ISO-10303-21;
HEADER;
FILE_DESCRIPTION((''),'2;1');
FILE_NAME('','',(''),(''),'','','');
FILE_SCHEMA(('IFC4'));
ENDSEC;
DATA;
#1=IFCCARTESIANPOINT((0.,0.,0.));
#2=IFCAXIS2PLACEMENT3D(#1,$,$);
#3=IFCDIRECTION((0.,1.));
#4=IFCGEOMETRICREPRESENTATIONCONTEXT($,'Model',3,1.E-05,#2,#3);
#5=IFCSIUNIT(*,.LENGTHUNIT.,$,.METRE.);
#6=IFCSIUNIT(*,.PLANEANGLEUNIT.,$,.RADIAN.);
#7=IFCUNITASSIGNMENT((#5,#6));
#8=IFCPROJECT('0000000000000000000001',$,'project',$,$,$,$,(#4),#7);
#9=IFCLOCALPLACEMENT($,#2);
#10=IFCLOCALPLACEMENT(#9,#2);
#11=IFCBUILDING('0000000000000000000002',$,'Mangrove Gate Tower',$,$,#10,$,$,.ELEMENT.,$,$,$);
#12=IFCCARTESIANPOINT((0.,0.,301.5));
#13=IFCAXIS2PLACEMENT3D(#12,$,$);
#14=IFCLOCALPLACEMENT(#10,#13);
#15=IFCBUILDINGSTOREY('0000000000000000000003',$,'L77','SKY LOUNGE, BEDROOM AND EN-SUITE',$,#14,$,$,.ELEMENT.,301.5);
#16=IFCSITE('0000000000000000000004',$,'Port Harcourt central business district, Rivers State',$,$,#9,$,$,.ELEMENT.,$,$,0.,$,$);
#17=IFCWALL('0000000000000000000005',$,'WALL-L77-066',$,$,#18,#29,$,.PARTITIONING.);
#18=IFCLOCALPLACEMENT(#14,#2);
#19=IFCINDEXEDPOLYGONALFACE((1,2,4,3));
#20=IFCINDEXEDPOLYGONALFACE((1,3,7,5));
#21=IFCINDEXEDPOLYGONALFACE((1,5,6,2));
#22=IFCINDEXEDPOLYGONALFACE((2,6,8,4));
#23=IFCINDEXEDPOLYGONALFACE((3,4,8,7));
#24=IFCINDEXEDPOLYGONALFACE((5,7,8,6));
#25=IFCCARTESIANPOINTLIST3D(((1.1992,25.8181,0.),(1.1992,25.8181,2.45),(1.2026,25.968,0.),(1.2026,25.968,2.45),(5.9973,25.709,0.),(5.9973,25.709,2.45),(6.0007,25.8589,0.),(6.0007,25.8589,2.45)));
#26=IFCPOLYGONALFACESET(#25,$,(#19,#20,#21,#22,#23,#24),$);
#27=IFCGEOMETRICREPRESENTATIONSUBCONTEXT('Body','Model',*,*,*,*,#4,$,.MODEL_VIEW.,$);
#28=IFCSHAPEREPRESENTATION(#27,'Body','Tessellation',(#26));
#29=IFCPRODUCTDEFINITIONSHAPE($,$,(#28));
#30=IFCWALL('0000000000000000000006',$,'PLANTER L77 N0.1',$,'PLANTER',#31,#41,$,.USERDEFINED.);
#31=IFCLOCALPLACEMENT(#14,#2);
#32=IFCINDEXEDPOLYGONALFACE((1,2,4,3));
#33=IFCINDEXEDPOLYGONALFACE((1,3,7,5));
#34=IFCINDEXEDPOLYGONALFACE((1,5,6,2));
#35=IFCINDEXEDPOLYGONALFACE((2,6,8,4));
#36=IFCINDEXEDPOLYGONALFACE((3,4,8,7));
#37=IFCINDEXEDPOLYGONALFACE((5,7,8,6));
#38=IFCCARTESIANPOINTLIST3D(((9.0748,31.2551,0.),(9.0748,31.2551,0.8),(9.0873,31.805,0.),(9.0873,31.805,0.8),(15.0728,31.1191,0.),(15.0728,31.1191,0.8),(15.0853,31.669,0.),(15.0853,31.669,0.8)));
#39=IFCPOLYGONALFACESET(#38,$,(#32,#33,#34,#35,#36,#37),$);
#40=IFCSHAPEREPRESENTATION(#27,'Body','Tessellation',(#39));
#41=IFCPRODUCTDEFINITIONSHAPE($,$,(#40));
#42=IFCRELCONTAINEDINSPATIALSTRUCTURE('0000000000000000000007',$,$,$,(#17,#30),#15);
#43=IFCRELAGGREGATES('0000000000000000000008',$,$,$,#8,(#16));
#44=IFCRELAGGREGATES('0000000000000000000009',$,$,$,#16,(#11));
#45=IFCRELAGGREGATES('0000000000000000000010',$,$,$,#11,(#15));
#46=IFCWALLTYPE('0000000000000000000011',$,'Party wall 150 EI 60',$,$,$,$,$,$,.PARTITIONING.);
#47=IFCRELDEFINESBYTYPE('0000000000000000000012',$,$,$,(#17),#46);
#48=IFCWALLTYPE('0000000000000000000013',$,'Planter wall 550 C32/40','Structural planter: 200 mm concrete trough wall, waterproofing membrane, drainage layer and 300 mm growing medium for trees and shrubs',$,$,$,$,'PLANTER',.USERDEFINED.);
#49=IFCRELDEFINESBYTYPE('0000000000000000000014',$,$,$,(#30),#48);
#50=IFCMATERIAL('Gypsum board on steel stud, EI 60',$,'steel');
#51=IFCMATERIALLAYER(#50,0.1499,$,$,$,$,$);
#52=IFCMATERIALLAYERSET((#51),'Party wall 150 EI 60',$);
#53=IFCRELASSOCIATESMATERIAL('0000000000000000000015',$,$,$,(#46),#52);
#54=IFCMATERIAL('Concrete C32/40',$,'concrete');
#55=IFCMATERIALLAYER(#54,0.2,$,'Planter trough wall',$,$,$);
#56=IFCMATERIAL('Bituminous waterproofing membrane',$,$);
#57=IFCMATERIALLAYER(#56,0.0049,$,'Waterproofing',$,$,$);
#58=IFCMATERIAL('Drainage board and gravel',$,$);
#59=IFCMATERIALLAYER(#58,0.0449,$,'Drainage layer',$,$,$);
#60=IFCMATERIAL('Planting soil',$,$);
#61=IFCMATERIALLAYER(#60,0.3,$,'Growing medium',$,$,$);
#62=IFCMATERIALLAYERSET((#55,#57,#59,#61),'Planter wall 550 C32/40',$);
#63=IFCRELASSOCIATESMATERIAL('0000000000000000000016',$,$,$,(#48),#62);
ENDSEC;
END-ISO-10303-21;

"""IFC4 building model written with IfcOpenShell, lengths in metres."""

from ifc_helpers import new_model, si_unit, direction, frame, frame_2d, origin, place, context, subcontext, project, spatial, rectangle, extrude, material, layer, layer_set, type_object, element, save


model = new_model("IFC4")

# Units and contexts
model_context = context("Model", 3, precision=1e-05, world=origin(), true_north=direction((0.0, 1.0)))
body_context = subcontext(model_context, "Body", "Model", "MODEL_VIEW")
ifc_project = project(units=[si_unit("LENGTHUNIT", "METRE"), si_unit("PLANEANGLEUNIT", "RADIAN")], contexts=[model_context])

# Site, building, storey
site_placement = place(None, origin())
site = spatial("IfcSite", under=ifc_project, at=site_placement, Name="Port Harcourt central business district, Rivers State", CompositionType="ELEMENT", RefElevation=0.0)
building_placement = place(site_placement, origin())
building = spatial("IfcBuilding", under=site, at=building_placement, Name="Mangrove Gate Tower", CompositionType="ELEMENT")
storey_placement = place(building_placement, frame((0.0, 0.0, 301.5)))
storey = spatial("IfcBuildingStorey", under=building, at=storey_placement, Name="L77", Description="SKY LOUNGE, BEDROOM AND EN-SUITE", CompositionType="ELEMENT", Elevation=301.5)

# Shared definitions
ifc_material_1 = material(Name="Gypsum board on steel stud, EI 60", Category="steel")
ifc_layer_1 = layer(ifc_material_1, 0.1499)
ifc_layer_set_1 = layer_set([ifc_layer_1], Name="Party wall 150 EI 60")
wall_type_1 = type_object("IfcWallType", Name="Party wall 150 EI 60", PredefinedType="PARTITIONING", material=ifc_layer_set_1)

# Walls
wall_1_placement = place(storey_placement, frame((1.2009, 25.8931, 0.0), z_axis=(0.0, 0.0, 1.0), x_axis=(0.999741, -0.022739, 0.0)))
element("IfcWall", 1, at=wall_1_placement, inside=storey, type_object=wall_type_1, Name="WALL-L77-066", PredefinedType="PARTITIONING", context=body_context, shape_type="SweptSolid", body=[
    extrude(rectangle(XDim=4.7993, YDim=0.1499, at=frame_2d((2.3997, 0.0))), origin(), (0.0, 0.0, 1.0), 2.45),
])
ifc_material_2 = material(Name="Concrete C32/40", Category="concrete")
ifc_layer_2 = layer(ifc_material_2, 0.2, Name="Planter trough wall")
ifc_material_3 = material(Name="Bituminous waterproofing membrane")
ifc_layer_3 = layer(ifc_material_3, 0.0049, Name="Waterproofing")
ifc_material_4 = material(Name="Drainage board and gravel")
ifc_layer_4 = layer(ifc_material_4, 0.0449, Name="Drainage layer")
ifc_material_5 = material(Name="Planting soil")
ifc_layer_5 = layer(ifc_material_5, 0.3, Name="Growing medium")
ifc_layer_set_2 = layer_set([ifc_layer_2, ifc_layer_3, ifc_layer_4, ifc_layer_5], Name="Planter wall 550 C32/40")
wall_type_2 = type_object("IfcWallType", Name="Planter wall 550 C32/40", Description="Structural planter: 200 mm concrete trough wall, waterproofing membrane, drainage layer and 300 mm growing medium for trees and shrubs", ElementType="PLANTER", PredefinedType="USERDEFINED", material=ifc_layer_set_2)
wall_2_placement = place(storey_placement, frame((9.0811, 31.53, 0.0), z_axis=(0.0, 0.0, 1.0), x_axis=(0.999743, -0.022666, 0.0)))
element("IfcWall", 2, at=wall_2_placement, inside=storey, type_object=wall_type_2, Name="PLANTER L77 N0.1", ObjectType="PLANTER", PredefinedType="USERDEFINED", context=body_context, shape_type="SweptSolid", body=[
    extrude(rectangle(XDim=5.9995, YDim=0.55, at=frame_2d((2.9998, 0.0))), origin(), (0.0, 0.0, 1.0), 0.8),
])

save(model, "model.ifc")
